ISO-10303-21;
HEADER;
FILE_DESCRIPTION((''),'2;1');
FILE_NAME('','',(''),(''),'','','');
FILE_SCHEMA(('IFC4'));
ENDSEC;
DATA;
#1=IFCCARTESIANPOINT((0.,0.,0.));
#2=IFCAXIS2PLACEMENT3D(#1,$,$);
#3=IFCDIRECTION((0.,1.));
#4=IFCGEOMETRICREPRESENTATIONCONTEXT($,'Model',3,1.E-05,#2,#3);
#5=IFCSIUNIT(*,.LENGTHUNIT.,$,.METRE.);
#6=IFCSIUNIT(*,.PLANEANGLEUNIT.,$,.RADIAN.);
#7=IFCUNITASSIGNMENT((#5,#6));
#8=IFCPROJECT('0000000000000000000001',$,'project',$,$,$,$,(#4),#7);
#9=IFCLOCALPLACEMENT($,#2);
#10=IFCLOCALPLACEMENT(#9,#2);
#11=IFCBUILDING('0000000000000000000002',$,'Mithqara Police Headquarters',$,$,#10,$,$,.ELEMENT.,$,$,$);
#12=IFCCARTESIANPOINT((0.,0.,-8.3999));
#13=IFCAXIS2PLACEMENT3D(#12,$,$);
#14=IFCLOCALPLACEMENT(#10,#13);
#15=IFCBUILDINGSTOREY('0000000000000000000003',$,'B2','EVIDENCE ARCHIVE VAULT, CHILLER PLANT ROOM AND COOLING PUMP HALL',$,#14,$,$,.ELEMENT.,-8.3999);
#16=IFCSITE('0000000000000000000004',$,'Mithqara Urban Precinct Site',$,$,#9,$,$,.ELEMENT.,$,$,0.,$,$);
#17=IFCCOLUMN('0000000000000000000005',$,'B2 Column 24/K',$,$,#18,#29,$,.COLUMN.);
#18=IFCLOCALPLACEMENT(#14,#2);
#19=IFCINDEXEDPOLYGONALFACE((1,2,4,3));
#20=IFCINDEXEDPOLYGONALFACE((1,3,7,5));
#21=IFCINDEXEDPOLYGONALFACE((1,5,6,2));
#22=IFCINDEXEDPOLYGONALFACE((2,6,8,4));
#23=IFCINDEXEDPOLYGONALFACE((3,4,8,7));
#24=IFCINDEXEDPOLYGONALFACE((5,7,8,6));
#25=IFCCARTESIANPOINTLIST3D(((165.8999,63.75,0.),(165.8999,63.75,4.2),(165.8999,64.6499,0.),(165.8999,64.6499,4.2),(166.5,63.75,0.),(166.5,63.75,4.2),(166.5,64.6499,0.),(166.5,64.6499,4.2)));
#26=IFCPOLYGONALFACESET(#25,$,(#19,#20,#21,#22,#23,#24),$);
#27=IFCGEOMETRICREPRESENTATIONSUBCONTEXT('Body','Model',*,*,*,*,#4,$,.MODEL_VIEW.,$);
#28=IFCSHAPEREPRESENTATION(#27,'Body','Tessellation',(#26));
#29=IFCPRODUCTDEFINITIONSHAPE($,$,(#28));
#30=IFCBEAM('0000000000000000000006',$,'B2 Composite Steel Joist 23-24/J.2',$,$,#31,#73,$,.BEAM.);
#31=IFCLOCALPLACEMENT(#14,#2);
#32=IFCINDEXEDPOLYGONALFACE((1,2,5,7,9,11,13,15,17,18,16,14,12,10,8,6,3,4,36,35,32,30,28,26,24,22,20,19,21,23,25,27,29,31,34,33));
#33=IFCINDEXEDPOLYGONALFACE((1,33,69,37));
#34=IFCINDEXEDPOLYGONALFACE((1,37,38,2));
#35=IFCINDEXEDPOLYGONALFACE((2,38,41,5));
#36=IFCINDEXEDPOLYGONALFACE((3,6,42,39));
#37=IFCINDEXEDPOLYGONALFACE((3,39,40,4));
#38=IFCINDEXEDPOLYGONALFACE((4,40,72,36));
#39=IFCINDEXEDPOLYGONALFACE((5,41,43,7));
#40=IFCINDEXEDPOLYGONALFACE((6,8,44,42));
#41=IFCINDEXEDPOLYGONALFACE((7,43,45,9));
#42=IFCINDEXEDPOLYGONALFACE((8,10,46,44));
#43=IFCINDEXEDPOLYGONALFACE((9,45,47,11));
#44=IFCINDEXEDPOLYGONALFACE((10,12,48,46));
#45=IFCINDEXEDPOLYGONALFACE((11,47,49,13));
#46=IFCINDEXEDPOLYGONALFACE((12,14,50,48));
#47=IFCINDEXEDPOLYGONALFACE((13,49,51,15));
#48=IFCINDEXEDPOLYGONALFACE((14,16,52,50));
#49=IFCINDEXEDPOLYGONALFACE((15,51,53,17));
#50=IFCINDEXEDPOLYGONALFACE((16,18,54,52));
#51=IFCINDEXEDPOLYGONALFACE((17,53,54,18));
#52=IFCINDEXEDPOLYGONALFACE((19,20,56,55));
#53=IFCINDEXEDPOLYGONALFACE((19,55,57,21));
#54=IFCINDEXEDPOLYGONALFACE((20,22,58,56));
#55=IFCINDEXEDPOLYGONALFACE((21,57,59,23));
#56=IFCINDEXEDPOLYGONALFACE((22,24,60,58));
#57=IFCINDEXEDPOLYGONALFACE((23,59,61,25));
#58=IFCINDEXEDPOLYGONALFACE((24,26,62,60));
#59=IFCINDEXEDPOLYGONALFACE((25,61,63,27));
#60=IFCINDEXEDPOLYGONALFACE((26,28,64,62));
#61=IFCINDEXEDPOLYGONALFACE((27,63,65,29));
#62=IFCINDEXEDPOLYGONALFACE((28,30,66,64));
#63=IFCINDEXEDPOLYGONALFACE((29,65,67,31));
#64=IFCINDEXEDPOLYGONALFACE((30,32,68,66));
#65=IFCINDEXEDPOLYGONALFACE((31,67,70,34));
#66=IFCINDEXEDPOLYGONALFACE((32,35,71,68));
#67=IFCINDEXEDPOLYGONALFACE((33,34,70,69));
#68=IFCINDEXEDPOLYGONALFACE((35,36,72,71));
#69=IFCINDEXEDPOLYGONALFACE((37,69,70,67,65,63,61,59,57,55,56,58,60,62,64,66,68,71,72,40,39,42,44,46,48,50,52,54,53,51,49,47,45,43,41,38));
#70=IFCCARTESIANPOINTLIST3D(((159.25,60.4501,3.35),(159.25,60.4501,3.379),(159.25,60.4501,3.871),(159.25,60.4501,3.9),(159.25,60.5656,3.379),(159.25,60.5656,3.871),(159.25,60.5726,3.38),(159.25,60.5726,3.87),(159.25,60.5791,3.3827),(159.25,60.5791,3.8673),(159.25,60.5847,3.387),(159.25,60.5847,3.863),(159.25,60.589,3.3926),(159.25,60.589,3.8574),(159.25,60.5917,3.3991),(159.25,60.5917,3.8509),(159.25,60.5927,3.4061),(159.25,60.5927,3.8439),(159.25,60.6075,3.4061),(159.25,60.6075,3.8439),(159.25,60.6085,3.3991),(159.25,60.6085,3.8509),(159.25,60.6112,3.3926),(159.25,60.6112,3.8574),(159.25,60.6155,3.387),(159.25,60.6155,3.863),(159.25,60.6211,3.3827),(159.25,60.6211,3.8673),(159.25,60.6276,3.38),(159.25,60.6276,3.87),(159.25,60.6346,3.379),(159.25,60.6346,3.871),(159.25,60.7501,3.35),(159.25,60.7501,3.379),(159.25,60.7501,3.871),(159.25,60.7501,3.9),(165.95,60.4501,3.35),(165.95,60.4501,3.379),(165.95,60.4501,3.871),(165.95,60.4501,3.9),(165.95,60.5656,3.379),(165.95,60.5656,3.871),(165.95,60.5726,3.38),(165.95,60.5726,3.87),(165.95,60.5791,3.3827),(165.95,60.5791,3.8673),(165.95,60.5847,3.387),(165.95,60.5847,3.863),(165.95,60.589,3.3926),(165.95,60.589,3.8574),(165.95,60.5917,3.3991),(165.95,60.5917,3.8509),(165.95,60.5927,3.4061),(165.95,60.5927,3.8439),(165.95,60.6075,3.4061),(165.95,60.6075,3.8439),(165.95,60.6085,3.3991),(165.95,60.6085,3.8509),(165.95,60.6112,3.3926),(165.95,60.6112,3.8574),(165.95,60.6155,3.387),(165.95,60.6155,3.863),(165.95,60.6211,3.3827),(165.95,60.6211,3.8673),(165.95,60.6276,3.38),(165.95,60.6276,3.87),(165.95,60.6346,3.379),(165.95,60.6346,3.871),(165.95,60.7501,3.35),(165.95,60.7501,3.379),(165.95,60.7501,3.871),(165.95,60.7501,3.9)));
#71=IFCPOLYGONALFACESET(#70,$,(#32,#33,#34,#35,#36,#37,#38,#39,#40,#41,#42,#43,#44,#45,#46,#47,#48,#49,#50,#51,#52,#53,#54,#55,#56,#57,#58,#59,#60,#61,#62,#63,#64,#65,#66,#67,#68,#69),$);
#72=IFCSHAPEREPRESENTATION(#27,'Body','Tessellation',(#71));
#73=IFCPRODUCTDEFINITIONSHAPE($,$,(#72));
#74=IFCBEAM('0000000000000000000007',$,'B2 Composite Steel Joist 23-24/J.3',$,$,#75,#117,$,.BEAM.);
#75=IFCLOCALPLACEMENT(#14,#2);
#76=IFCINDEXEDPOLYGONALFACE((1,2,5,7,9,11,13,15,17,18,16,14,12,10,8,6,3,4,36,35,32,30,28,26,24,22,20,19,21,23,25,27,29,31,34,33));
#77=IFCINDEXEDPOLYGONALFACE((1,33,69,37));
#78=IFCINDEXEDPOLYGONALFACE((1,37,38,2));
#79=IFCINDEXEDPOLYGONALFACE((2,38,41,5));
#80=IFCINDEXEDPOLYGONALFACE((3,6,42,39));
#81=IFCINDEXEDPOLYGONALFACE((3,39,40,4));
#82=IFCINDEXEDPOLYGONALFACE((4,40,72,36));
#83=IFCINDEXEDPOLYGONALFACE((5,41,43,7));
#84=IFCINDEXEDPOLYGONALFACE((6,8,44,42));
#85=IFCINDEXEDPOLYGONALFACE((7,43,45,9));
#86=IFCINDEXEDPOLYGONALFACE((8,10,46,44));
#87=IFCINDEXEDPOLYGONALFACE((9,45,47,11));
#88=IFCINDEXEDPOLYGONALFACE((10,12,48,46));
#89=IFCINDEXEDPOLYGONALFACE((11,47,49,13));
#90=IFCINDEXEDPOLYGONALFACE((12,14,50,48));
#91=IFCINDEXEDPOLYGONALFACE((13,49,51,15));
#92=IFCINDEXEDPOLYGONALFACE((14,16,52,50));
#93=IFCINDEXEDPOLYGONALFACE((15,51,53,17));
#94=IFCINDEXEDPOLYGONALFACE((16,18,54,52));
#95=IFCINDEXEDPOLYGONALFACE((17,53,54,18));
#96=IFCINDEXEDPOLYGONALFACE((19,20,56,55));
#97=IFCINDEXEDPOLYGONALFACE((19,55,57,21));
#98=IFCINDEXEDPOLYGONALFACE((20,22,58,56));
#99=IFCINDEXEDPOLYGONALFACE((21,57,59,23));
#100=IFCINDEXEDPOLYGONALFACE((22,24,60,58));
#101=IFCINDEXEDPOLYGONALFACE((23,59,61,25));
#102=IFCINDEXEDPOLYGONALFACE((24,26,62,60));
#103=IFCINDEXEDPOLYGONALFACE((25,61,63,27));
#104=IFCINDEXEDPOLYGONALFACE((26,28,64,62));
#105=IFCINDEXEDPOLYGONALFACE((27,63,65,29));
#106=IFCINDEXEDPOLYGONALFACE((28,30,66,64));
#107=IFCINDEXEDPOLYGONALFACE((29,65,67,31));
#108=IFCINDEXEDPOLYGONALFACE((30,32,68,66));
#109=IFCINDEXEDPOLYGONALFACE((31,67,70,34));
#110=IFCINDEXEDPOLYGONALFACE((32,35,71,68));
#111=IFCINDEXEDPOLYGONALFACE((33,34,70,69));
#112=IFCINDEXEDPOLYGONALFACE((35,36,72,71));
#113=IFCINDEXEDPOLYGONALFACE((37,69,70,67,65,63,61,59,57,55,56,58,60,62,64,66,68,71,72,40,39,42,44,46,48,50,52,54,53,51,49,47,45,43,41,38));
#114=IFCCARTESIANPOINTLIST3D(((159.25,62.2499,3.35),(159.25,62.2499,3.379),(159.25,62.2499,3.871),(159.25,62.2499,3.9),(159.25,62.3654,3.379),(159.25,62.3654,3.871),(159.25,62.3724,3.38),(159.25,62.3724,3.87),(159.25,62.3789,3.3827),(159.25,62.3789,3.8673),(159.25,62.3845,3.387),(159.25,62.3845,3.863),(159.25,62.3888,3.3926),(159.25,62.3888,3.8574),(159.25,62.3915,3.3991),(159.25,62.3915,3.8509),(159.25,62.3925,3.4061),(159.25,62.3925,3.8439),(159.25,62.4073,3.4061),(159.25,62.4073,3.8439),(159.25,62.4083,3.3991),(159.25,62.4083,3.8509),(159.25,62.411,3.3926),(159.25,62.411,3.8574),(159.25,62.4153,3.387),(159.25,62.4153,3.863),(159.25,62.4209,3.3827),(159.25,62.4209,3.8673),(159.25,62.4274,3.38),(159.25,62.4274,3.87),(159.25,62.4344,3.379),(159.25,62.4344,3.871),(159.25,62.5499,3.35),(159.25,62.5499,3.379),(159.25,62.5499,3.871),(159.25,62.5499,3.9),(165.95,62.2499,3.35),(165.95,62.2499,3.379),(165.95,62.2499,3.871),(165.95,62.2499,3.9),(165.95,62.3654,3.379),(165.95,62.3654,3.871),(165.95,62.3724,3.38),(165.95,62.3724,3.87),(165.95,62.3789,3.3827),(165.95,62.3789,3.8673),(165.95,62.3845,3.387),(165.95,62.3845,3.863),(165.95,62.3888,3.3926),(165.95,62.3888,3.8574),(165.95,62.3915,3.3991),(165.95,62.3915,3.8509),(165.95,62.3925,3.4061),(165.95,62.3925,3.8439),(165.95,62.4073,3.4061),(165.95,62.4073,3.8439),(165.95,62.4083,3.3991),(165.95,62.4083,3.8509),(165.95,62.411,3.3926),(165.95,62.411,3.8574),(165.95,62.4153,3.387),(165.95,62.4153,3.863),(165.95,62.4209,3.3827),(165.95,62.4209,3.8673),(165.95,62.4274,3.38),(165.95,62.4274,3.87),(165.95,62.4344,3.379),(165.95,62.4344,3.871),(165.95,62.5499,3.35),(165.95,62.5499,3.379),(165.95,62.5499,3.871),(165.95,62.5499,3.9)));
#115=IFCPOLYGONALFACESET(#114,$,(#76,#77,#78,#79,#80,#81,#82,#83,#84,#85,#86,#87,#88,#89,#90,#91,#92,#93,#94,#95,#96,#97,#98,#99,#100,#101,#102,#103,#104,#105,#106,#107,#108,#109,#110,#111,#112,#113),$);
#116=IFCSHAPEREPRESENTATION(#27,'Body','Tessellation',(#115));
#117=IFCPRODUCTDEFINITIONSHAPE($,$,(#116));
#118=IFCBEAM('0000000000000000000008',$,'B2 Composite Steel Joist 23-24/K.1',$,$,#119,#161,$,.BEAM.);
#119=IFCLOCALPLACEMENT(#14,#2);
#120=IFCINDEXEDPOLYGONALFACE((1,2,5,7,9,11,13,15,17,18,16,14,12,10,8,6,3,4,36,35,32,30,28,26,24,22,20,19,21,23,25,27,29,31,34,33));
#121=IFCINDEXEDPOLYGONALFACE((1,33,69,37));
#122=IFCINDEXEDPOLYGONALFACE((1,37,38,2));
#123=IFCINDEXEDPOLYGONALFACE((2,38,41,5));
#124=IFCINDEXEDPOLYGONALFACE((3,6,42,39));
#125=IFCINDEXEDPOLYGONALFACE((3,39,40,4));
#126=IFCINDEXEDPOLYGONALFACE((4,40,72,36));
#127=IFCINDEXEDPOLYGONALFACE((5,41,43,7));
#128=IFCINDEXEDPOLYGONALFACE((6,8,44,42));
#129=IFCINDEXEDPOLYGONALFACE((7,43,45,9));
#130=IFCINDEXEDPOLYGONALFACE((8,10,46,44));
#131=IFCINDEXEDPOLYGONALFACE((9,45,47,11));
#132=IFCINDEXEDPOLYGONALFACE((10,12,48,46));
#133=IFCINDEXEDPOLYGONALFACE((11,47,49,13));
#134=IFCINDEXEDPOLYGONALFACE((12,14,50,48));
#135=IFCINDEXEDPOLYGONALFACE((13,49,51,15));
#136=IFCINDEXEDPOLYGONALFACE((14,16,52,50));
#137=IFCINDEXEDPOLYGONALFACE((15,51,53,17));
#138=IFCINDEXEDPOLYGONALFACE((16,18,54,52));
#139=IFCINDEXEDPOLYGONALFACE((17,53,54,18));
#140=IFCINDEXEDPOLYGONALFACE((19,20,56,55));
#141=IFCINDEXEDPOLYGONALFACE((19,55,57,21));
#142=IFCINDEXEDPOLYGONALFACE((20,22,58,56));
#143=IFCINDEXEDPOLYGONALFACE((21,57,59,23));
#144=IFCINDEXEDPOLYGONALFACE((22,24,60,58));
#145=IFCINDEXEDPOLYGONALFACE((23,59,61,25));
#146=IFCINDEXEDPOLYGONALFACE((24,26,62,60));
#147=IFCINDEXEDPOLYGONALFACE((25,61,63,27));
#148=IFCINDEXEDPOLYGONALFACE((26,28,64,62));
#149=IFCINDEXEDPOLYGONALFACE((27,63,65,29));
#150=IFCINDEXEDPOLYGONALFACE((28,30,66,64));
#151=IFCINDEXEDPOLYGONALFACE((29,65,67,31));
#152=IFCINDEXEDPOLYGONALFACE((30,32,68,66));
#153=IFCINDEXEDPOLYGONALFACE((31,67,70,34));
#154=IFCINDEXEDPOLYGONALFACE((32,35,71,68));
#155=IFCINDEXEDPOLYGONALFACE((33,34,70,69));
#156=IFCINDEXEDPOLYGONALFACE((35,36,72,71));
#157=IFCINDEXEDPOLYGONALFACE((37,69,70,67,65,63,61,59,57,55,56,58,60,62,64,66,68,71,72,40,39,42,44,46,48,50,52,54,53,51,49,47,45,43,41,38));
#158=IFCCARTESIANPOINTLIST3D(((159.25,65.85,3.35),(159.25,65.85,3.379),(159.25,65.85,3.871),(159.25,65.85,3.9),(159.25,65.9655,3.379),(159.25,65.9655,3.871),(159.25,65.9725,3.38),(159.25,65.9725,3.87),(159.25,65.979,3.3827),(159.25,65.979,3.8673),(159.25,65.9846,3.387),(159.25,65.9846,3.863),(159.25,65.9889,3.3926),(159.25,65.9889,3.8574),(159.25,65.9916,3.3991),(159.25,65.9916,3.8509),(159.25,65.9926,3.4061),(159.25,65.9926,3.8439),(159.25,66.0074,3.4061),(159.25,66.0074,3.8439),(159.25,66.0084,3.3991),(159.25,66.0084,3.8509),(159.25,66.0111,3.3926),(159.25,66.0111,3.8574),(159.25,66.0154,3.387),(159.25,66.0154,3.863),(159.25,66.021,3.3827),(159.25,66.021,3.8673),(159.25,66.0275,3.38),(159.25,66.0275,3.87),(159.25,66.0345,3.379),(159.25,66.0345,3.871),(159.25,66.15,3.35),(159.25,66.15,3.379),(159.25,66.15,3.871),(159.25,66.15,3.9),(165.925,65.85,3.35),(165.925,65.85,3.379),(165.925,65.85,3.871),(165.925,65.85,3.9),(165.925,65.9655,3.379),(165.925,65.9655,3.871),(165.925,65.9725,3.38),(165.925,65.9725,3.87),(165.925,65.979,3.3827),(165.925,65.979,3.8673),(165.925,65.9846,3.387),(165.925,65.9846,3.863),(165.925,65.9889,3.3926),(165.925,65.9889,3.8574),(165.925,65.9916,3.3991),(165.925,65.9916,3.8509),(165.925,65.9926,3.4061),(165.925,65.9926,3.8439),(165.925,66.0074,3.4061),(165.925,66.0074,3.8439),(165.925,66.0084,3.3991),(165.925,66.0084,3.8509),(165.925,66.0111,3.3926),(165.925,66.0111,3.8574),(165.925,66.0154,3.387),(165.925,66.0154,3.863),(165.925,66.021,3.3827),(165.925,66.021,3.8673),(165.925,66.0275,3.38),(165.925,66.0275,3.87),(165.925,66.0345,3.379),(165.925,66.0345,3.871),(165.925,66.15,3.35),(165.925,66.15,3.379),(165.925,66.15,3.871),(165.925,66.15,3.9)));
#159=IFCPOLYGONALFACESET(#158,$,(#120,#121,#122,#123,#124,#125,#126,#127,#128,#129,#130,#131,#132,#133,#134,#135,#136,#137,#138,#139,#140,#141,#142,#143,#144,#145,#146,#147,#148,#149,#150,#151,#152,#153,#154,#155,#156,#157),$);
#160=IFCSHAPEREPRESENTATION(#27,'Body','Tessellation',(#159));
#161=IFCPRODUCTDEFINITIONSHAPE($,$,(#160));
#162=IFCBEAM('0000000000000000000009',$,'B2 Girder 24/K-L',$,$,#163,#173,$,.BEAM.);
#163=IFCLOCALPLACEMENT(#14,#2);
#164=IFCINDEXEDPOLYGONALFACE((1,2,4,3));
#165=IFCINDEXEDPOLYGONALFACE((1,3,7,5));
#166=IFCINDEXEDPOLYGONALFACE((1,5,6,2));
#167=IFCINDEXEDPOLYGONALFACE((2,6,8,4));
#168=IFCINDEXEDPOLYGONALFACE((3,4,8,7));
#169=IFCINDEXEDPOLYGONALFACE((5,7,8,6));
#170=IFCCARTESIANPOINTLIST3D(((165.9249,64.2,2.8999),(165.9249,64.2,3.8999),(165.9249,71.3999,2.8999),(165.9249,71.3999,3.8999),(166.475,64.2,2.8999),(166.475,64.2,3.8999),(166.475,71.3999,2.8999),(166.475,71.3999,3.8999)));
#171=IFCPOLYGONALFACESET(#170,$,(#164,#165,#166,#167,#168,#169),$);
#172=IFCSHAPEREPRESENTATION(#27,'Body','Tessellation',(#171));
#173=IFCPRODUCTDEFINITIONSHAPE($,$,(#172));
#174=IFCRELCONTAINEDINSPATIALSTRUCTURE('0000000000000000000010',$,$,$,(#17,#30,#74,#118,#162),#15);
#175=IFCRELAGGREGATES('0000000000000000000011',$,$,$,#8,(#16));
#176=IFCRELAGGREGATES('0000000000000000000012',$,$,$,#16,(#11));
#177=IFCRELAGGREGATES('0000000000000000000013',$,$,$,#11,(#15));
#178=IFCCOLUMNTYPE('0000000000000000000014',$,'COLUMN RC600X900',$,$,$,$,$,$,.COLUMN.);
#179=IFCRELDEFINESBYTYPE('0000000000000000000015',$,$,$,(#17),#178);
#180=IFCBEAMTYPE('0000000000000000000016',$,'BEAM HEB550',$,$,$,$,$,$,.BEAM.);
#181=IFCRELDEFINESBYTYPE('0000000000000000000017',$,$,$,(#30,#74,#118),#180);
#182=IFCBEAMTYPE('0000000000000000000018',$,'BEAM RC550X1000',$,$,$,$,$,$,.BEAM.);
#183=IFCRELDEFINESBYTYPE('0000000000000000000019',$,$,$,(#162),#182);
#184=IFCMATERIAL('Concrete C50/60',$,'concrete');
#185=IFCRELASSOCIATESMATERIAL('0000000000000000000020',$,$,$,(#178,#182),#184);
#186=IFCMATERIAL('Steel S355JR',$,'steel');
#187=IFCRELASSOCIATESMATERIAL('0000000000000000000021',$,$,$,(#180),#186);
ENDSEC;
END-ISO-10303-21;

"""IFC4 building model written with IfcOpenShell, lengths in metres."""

from ifc_helpers import new_model, si_unit, direction, frame, origin, origin_2d, place, context, subcontext, project, spatial, rectangle, i_section, extrude, material, material_profile, profile_set, type_object, element, save


model = new_model("IFC4")

# Units and contexts
model_context = context("Model", 3, precision=1e-05, world=origin(), true_north=direction((0.0, 1.0)))
body_context = subcontext(model_context, "Body", "Model", "MODEL_VIEW")
ifc_project = project(units=[si_unit("LENGTHUNIT", "METRE"), si_unit("PLANEANGLEUNIT", "RADIAN")], contexts=[model_context])

# Site, building, storey
site_placement = place(None, origin())
site = spatial("IfcSite", under=ifc_project, at=site_placement, Name="Mithqara Urban Precinct Site", CompositionType="ELEMENT", RefElevation=0.0)
building_placement = place(site_placement, origin())
building = spatial("IfcBuilding", under=site, at=building_placement, Name="Mithqara Police Headquarters", CompositionType="ELEMENT")
storey_placement = place(building_placement, frame((0.0, 0.0, -8.3999)))
storey = spatial("IfcBuildingStorey", under=building, at=storey_placement, Name="B2", Description="EVIDENCE ARCHIVE VAULT, CHILLER PLANT ROOM AND COOLING PUMP HALL", CompositionType="ELEMENT", Elevation=-8.3999)

# Column
ifc_material_1 = material(Name="Concrete C50/60", Category="concrete")
ifc_material_profile_1 = material_profile(ifc_material_1, rectangle(XDim=0.6001, YDim=0.8999, at=origin_2d()), Name="RC 600x900")
ifc_profile_set_1 = profile_set([ifc_material_profile_1], Name="Concrete C50/60")
column_type = type_object("IfcColumnType", Name="COLUMN RC600X900", PredefinedType="COLUMN", material=ifc_profile_set_1)
column_placement = place(storey_placement, frame((166.2, 64.2, 0.0), z_axis=(0.0, 0.0, 1.0), x_axis=(1.0, 0.0, 0.0)))
element("IfcColumn", 1, at=column_placement, inside=storey, type_object=column_type, Name="B2 Column 24/K", PredefinedType="COLUMN", context=body_context, shape_type="SweptSolid", body=[
    extrude(rectangle(XDim=0.6001, YDim=0.8999, at=origin_2d()), origin(), (0.0, 0.0, 1.0), 4.2),
])

# Beams
ifc_material_2 = material(Name="Steel S355JR", Category="steel")
ifc_material_profile_2 = material_profile(ifc_material_2, i_section(OverallWidth=0.3, OverallDepth=0.55, WebThickness=0.0149, FlangeThickness=0.0291, FilletRadius=0.0271, at=origin_2d()), Name="HEB 550")
ifc_profile_set_2 = profile_set([ifc_material_profile_2], Name="Steel S355JR")
beam_type_1 = type_object("IfcBeamType", Name="BEAM HEB550", PredefinedType="BEAM", material=ifc_profile_set_2)
for number, where, z_axis, x_axis, name in (
    (2, (159.25, 60.6001, 3.625), (1.0, 0.0, 0.0), (0.0, 1.0, 0.0), "B2 Composite Steel Joist 23-24/J.2"),
    (3, (159.25, 62.3999, 3.625), (1.0, 0.0, 0.0), (0.0, 1.0, 0.0), "B2 Composite Steel Joist 23-24/J.3"),
):
    element("IfcBeam", number, at=place(storey_placement, frame(where, z_axis=z_axis, x_axis=x_axis)), inside=storey, type_object=beam_type_1, Name=name, PredefinedType="BEAM", context=body_context, shape_type="SweptSolid", body=[
        extrude(i_section(OverallWidth=0.3, OverallDepth=0.55, WebThickness=0.0149, FlangeThickness=0.0291, FilletRadius=0.0271, at=origin_2d()), origin(), (0.0, 0.0, 1.0), 6.7),
    ])
beam_1_placement = place(storey_placement, frame((159.25, 66.0, 3.625), z_axis=(1.0, 0.0, 0.0), x_axis=(0.0, 1.0, 0.0)))
element("IfcBeam", 4, at=beam_1_placement, inside=storey, type_object=beam_type_1, Name="B2 Composite Steel Joist 23-24/K.1", PredefinedType="BEAM", context=body_context, shape_type="SweptSolid", body=[
    extrude(i_section(OverallWidth=0.3, OverallDepth=0.55, WebThickness=0.0149, FlangeThickness=0.0291, FilletRadius=0.0271, at=origin_2d()), origin(), (0.0, 0.0, 1.0), 6.675),
])
ifc_material_profile_3 = material_profile(ifc_material_1, rectangle(XDim=0.55, YDim=1.0, at=origin_2d()), Name="RC 550x1000")
ifc_profile_set_3 = profile_set([ifc_material_profile_3], Name="Concrete C50/60")
beam_type_2 = type_object("IfcBeamType", Name="BEAM RC550X1000", PredefinedType="BEAM", material=ifc_profile_set_3)
beam_2_placement = place(storey_placement, frame((166.2, 64.2, 3.3999), z_axis=(0.0, 1.0, 0.0), x_axis=(-1.0, 0.0, 0.0)))
element("IfcBeam", 5, at=beam_2_placement, inside=storey, type_object=beam_type_2, Name="B2 Girder 24/K-L", PredefinedType="BEAM", context=body_context, shape_type="SweptSolid", body=[
    extrude(rectangle(XDim=0.55, YDim=1.0, at=origin_2d()), origin(), (0.0, 0.0, 1.0), 7.2),
])

save(model, "model.ifc")
